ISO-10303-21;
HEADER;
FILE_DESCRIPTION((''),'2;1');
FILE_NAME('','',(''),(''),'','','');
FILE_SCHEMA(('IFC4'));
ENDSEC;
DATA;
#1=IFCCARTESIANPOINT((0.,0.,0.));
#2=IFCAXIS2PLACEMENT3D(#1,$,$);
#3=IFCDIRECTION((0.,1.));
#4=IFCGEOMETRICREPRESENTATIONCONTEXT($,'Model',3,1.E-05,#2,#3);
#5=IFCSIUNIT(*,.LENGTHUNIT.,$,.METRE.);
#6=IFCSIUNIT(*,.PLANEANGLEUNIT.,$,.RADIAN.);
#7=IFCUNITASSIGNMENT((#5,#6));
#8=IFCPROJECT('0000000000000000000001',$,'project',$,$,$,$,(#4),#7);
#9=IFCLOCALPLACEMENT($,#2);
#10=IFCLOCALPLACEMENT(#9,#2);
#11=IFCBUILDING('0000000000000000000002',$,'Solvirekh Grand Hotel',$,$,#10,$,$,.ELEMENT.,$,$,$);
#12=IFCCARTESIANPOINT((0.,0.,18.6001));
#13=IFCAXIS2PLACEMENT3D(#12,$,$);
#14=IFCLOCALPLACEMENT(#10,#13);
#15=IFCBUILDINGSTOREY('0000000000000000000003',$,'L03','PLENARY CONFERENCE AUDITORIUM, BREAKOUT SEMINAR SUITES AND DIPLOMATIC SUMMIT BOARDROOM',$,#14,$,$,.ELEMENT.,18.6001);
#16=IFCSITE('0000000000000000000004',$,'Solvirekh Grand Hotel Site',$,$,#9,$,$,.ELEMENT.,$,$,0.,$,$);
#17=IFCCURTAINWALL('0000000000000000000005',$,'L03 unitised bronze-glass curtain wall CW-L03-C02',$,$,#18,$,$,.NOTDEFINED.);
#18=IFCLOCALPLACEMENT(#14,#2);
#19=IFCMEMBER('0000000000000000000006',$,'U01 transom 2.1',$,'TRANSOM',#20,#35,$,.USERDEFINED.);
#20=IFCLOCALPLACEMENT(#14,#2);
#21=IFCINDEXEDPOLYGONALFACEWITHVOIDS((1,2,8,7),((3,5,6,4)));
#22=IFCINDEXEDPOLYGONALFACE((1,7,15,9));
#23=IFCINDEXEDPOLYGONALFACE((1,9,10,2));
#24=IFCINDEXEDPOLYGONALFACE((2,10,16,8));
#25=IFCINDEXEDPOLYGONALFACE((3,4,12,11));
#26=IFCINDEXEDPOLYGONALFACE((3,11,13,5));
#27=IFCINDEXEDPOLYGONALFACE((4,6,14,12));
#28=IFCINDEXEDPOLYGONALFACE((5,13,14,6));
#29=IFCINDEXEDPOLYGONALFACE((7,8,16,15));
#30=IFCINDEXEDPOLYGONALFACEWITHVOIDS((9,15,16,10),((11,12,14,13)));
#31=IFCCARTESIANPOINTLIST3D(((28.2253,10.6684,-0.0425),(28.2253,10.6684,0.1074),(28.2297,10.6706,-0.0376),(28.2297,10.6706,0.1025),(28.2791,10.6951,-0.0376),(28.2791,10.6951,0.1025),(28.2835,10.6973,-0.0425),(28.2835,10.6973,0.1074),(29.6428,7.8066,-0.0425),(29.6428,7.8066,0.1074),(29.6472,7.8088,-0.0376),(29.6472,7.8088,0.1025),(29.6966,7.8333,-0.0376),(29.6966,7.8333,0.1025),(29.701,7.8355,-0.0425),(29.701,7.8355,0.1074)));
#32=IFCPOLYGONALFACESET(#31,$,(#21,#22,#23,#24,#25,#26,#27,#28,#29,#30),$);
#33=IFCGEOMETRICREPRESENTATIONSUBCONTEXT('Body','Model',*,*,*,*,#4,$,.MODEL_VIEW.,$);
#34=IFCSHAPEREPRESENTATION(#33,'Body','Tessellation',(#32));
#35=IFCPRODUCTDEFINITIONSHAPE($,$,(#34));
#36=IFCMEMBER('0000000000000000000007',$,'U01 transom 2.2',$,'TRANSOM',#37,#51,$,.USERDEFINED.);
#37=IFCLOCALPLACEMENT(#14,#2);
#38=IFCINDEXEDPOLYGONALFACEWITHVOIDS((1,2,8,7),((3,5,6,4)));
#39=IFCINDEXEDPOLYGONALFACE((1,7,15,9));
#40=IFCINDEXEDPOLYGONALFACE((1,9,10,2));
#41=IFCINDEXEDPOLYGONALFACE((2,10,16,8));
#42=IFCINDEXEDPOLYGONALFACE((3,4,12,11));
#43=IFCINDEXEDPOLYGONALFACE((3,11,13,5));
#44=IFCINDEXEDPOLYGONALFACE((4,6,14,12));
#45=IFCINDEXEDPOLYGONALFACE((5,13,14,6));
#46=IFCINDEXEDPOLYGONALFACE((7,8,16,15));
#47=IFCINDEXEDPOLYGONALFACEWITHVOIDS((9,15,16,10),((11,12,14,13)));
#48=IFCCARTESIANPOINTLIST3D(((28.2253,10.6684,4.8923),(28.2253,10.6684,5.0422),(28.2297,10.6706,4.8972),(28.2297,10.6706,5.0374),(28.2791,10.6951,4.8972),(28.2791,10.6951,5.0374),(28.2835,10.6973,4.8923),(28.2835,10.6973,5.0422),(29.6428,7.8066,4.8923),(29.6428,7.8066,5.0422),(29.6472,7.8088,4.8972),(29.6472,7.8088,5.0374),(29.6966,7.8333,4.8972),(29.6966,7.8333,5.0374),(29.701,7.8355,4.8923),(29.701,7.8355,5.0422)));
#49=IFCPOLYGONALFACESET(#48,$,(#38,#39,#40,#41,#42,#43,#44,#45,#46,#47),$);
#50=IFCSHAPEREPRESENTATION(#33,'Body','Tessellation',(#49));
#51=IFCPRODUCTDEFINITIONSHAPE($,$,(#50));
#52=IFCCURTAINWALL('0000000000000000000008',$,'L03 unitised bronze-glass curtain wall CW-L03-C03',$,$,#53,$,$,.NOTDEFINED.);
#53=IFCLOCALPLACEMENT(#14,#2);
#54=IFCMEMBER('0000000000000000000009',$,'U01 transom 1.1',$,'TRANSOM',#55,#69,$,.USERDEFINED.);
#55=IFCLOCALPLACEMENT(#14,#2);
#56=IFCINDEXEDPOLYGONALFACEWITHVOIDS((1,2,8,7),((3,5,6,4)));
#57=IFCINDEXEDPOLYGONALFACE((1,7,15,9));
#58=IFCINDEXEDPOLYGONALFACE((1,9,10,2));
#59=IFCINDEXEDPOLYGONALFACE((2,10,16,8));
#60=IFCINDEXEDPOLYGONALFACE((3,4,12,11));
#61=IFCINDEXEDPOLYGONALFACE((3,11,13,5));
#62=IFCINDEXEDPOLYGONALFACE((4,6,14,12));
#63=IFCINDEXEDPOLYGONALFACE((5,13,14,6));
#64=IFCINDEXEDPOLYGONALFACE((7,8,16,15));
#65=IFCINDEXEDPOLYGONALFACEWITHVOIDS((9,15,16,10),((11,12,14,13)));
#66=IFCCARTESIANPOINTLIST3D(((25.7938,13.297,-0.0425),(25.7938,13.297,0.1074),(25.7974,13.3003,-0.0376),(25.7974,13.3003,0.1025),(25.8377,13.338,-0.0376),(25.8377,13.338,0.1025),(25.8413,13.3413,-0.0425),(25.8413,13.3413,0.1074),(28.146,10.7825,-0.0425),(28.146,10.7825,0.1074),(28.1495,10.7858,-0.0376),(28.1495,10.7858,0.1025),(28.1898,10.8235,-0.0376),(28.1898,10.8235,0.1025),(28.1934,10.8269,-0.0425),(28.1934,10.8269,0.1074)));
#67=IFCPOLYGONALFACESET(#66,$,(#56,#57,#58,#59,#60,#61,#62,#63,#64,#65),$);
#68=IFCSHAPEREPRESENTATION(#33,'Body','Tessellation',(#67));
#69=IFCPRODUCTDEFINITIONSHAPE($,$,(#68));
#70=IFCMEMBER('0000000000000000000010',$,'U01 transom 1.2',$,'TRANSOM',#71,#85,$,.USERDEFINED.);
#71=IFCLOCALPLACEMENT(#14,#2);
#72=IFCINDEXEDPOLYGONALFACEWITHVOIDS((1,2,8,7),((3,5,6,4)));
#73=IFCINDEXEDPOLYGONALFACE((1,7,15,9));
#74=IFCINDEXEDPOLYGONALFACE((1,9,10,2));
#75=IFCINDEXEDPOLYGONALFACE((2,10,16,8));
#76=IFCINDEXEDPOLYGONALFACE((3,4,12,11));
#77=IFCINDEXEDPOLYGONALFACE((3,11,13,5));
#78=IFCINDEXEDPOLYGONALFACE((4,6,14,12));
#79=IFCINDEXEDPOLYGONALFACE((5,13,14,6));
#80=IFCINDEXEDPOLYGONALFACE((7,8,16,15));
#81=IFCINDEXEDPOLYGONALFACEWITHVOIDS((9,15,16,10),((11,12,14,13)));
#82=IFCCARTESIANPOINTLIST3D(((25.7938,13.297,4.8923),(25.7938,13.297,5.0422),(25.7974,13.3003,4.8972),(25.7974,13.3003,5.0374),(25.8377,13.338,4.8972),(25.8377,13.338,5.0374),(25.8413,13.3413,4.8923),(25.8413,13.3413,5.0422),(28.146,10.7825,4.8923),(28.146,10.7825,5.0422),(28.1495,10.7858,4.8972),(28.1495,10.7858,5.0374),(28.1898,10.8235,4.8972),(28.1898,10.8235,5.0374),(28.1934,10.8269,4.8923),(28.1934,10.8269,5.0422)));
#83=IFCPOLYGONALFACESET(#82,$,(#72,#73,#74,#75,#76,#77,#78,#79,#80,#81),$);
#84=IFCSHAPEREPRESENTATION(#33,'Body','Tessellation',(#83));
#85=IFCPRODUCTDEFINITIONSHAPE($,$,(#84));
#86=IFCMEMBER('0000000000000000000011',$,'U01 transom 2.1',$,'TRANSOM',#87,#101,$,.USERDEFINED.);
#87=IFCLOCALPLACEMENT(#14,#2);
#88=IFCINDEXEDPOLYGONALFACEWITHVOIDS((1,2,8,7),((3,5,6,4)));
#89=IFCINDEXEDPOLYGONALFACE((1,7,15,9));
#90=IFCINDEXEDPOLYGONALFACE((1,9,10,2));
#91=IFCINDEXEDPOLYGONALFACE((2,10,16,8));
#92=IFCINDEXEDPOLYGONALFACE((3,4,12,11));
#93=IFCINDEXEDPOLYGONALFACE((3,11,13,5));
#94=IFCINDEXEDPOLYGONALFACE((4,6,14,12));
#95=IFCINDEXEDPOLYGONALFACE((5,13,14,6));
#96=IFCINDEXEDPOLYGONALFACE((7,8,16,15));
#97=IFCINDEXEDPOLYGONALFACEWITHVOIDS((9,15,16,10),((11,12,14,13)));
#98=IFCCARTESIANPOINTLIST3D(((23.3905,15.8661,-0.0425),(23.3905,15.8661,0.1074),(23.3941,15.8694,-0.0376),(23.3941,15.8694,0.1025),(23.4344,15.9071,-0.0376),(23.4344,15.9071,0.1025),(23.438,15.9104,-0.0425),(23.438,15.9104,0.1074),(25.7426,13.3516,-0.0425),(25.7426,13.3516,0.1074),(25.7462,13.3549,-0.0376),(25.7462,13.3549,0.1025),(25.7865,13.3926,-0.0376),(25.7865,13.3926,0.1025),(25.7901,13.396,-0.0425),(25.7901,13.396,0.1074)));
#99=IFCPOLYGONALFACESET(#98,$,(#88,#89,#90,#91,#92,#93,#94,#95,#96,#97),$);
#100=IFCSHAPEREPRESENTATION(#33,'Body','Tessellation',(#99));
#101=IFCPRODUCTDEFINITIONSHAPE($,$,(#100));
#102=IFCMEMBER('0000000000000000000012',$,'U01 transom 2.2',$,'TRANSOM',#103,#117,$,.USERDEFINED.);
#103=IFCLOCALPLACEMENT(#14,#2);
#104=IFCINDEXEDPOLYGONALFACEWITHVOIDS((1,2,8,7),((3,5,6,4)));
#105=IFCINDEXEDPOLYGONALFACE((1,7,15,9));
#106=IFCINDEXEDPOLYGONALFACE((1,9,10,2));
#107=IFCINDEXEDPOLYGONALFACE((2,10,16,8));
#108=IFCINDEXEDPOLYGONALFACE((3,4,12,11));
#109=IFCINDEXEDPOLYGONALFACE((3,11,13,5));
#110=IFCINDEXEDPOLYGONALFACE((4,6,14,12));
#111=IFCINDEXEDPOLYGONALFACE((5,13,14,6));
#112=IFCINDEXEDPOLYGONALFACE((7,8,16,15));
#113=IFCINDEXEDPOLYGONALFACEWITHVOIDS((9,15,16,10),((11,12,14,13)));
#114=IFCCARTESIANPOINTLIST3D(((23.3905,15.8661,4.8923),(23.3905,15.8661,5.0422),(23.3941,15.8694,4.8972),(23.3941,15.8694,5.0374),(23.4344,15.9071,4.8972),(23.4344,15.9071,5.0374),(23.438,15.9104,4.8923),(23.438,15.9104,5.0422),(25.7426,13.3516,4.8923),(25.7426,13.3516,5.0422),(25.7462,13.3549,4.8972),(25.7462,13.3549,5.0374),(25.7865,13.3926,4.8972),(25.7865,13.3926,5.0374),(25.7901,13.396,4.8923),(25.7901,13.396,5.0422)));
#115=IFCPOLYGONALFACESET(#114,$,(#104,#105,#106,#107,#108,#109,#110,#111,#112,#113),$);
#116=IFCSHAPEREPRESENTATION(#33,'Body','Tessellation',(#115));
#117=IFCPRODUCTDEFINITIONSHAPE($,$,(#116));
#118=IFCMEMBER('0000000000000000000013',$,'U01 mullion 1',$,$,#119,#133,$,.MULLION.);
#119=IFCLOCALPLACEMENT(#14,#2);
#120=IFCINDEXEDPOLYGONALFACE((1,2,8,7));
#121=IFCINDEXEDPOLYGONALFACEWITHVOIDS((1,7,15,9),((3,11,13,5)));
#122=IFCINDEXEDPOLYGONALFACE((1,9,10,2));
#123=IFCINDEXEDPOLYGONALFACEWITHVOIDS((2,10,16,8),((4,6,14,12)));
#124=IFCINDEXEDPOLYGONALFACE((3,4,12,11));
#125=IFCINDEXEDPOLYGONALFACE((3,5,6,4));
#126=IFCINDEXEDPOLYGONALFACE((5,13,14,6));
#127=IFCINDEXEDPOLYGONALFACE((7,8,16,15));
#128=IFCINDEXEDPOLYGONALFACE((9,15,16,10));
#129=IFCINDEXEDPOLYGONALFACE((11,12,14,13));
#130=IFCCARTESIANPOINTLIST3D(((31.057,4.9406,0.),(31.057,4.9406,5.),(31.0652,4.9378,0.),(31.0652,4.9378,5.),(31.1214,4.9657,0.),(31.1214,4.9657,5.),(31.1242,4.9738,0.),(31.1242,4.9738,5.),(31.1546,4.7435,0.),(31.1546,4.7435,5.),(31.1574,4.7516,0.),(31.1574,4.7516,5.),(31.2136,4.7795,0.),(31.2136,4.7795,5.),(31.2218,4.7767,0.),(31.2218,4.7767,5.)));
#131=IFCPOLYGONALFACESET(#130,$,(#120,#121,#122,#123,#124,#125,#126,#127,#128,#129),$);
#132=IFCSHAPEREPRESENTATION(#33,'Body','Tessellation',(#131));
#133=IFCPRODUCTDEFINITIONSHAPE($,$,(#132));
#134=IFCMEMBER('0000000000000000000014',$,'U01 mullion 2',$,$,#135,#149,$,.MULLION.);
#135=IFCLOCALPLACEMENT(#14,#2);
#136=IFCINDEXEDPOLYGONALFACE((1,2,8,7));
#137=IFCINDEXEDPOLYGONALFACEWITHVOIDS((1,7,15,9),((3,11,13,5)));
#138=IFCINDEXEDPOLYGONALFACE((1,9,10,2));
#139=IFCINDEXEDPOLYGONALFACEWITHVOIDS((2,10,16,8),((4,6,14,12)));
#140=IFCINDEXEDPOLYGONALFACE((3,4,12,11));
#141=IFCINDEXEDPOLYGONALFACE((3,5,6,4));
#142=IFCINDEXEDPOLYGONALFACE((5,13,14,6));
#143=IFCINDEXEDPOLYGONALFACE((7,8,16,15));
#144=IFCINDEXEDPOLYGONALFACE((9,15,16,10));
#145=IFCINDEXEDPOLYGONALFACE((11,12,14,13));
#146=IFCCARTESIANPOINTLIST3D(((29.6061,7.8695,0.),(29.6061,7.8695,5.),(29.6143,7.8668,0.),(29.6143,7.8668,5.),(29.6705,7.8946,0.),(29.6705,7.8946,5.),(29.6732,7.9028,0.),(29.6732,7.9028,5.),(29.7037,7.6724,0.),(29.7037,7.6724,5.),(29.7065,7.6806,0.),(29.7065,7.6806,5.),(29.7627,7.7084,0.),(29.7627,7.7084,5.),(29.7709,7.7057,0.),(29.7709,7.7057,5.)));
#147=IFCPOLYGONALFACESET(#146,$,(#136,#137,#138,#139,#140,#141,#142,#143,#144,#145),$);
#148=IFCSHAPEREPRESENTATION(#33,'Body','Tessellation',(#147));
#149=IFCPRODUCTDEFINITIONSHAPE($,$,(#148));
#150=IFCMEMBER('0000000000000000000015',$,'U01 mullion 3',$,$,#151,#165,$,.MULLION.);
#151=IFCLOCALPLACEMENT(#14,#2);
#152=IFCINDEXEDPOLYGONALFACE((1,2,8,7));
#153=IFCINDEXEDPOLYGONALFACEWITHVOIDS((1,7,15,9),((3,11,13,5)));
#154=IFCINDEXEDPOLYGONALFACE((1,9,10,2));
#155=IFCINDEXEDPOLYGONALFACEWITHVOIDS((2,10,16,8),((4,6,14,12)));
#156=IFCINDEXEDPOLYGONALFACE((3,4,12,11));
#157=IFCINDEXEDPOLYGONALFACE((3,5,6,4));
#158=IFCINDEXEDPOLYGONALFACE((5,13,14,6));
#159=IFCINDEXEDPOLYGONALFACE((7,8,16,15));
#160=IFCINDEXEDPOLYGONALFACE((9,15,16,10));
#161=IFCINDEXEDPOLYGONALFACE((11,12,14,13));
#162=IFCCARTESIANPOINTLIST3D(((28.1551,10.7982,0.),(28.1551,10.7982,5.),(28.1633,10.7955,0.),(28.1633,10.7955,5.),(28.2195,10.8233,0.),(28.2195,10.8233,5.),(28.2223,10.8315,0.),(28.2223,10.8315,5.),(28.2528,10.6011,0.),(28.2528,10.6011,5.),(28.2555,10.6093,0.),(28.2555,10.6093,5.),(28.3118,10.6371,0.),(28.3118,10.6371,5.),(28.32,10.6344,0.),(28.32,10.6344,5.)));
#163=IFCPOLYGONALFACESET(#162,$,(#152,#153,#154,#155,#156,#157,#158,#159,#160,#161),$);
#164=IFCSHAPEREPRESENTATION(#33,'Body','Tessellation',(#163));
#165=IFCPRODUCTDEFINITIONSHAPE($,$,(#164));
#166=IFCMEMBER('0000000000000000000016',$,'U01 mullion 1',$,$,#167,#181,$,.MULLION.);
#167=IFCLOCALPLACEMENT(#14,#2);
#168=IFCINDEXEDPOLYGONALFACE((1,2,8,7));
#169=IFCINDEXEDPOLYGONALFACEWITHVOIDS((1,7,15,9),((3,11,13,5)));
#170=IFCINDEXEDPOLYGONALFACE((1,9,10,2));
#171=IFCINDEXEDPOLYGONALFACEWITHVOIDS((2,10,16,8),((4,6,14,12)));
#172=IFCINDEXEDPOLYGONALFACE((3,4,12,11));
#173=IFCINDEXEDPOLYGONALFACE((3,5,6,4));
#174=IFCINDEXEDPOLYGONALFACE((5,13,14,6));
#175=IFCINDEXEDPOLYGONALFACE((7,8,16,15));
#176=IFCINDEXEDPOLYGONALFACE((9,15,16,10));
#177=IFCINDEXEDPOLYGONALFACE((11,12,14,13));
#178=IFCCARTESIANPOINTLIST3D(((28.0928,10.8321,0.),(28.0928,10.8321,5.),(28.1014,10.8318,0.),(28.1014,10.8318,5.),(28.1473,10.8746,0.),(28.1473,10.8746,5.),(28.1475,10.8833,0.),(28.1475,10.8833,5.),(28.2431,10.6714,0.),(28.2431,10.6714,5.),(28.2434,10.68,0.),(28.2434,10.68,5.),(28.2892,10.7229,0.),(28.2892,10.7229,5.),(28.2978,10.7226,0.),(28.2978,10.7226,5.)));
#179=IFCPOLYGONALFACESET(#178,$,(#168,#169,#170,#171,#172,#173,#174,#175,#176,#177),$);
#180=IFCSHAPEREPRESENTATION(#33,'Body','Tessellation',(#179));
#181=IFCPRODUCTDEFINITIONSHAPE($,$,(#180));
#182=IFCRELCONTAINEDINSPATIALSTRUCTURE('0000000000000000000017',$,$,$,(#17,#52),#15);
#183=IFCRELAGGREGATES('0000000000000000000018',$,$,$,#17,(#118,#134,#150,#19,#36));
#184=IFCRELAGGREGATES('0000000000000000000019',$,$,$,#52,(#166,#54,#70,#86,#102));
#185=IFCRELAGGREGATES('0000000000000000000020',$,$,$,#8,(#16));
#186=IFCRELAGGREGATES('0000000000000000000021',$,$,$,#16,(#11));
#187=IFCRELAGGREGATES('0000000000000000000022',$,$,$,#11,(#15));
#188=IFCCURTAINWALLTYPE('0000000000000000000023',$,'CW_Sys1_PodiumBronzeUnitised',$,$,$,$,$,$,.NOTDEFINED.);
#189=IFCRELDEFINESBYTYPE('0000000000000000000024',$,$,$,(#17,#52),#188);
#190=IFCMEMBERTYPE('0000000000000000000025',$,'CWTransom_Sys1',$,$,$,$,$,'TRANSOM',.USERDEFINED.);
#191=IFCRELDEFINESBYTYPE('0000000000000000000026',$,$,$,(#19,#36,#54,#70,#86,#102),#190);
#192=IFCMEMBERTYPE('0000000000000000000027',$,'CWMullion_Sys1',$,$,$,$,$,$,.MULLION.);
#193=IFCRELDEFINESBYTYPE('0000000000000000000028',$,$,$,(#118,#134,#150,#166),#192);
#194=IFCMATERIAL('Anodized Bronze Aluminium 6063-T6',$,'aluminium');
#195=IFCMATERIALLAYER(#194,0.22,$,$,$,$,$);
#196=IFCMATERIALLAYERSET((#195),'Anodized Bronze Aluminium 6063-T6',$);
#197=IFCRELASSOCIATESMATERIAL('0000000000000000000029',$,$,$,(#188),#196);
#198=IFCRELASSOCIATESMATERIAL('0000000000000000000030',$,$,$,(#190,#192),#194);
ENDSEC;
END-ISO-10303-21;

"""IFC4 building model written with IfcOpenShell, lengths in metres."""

from ifc_helpers import new_model, si_unit, direction, frame, origin, origin_2d, place, context, subcontext, project, spatial, hollow_rectangle, extrude, source, transform, mapped, material, layer, layer_set, material_profile, profile_set, type_object, element, aggregate, save


model = new_model("IFC4")

# Units and contexts
model_context = context("Model", 3, precision=1e-05, world=origin(), true_north=direction((0.0, 1.0)))
body_context = subcontext(model_context, "Body", "Model", "MODEL_VIEW")
ifc_project = project(units=[si_unit("LENGTHUNIT", "METRE"), si_unit("PLANEANGLEUNIT", "RADIAN")], contexts=[model_context])

# Site, building, storey
site_placement = place(None, origin())
site = spatial("IfcSite", under=ifc_project, at=site_placement, Name="Solvirekh Grand Hotel Site", CompositionType="ELEMENT", RefElevation=0.0)
building_placement = place(site_placement, origin())
building = spatial("IfcBuilding", under=site, at=building_placement, Name="Solvirekh Grand Hotel", CompositionType="ELEMENT")
storey_placement = place(building_placement, frame((0.0, 0.0, 18.6001)))
storey = spatial("IfcBuildingStorey", under=building, at=storey_placement, Name="L03", Description="PLENARY CONFERENCE AUDITORIUM, BREAKOUT SEMINAR SUITES AND DIPLOMATIC SUMMIT BOARDROOM", CompositionType="ELEMENT", Elevation=18.6001)

# Curtain walls, members
ifc_material_1 = material(Name="Anodized Bronze Aluminium 6063-T6", Category="aluminium")
ifc_layer_1 = layer(ifc_material_1, 0.22)
ifc_layer_set_1 = layer_set([ifc_layer_1], Name="Anodized Bronze Aluminium 6063-T6")
curtain_wall_type = type_object("IfcCurtainWallType", Name="CW_Sys1_PodiumBronzeUnitised", PredefinedType="NOTDEFINED", material=ifc_layer_set_1)
curtain_wall_1_placement = place(storey_placement, origin())
curtain_wall_1 = element("IfcCurtainWall", 1, at=curtain_wall_1_placement, inside=storey, type_object=curtain_wall_type, Name="L03 unitised bronze-glass curtain wall CW-L03-C02", PredefinedType="NOTDEFINED")
ifc_material_profile_1 = material_profile(ifc_material_1, hollow_rectangle(XDim=0.0649, YDim=0.1499, WallThickness=0.0049, at=origin_2d()), Name="ALU RHS 150X65X5")
ifc_profile_set_1 = profile_set([ifc_material_profile_1], Name="Anodized Bronze Aluminium 6063-T6")
member_type_1 = type_object("IfcMemberType", Name="CWTransom_Sys1", ElementType="TRANSOM", PredefinedType="USERDEFINED", material=ifc_profile_set_1)
shared_shape_1 = source(origin(), body_context, "Body", "SweptSolid", [
    extrude(hollow_rectangle(XDim=0.0649, YDim=0.1499, WallThickness=0.0049, at=origin_2d()), origin(), (0.0, 0.0, 1.0), 3.1936),
])
member_1_placement = place(storey_placement, frame((29.6719, 7.821, 0.0325), z_axis=(-0.443847, 0.896103, 0.0), x_axis=(-0.896103, -0.443847, 0.0)))
member_1 = element("IfcMember", 2, at=member_1_placement, type_object=member_type_1, Name="U01 transom 2.1", ObjectType="TRANSOM", PredefinedType="USERDEFINED", context=body_context, shape_type="MappedRepresentation", body=[
    mapped(shared_shape_1, transform((0.0, 0.0, 0.0), x_axis=(1.0, 0.0, 0.0), y_axis=(0.0, 1.0, 0.0), z_axis=(0.0, 0.0, 1.0), scale=1.0)),
])
member_2_placement = place(storey_placement, frame((29.6719, 7.821, 4.9673), z_axis=(-0.443847, 0.896103, 0.0), x_axis=(-0.896103, -0.443847, 0.0)))
member_2 = element("IfcMember", 3, at=member_2_placement, type_object=member_type_1, Name="U01 transom 2.2", ObjectType="TRANSOM", PredefinedType="USERDEFINED", context=body_context, shape_type="MappedRepresentation", body=[
    mapped(shared_shape_1, transform((0.0, 0.0, 0.0), x_axis=(1.0, 0.0, 0.0), y_axis=(0.0, 1.0, 0.0), z_axis=(0.0, 0.0, 1.0), scale=1.0)),
])
curtain_wall_2_placement = place(storey_placement, origin())
curtain_wall_2 = element("IfcCurtainWall", 4, at=curtain_wall_2_placement, inside=storey, type_object=curtain_wall_type, Name="L03 unitised bronze-glass curtain wall CW-L03-C03", PredefinedType="NOTDEFINED")
shared_shape_2 = source(origin(), body_context, "Body", "SweptSolid", [
    extrude(hollow_rectangle(XDim=0.0649, YDim=0.1499, WallThickness=0.0049, at=origin_2d()), origin(), (0.0, 0.0, 1.0), 3.4431),
])
member_3_placement = place(storey_placement, frame((28.1697, 10.8047, 0.0325), z_axis=(-0.683136, 0.730291, 0.0), x_axis=(-0.730291, -0.683136, 0.0)))
member_3 = element("IfcMember", 5, at=member_3_placement, type_object=member_type_1, Name="U01 transom 1.1", ObjectType="TRANSOM", PredefinedType="USERDEFINED", context=body_context, shape_type="MappedRepresentation", body=[
    mapped(shared_shape_2, transform((0.0, 0.0, 0.0), x_axis=(1.0, 0.0, 0.0), y_axis=(0.0, 1.0, 0.0), z_axis=(0.0, 0.0, 1.0), scale=1.0)),
])
member_4_placement = place(storey_placement, frame((28.1697, 10.8047, 4.9673), z_axis=(-0.683136, 0.730291, 0.0), x_axis=(-0.730291, -0.683136, 0.0)))
member_4 = element("IfcMember", 6, at=member_4_placement, type_object=member_type_1, Name="U01 transom 1.2", ObjectType="TRANSOM", PredefinedType="USERDEFINED", context=body_context, shape_type="MappedRepresentation", body=[
    mapped(shared_shape_2, transform((0.0, 0.0, 0.0), x_axis=(1.0, 0.0, 0.0), y_axis=(0.0, 1.0, 0.0), z_axis=(0.0, 0.0, 1.0), scale=1.0)),
])
member_5_placement = place(storey_placement, frame((25.7664, 13.3738, 0.0325), z_axis=(-0.683136, 0.730291, 0.0), x_axis=(-0.730291, -0.683136, 0.0)))
member_5 = element("IfcMember", 7, at=member_5_placement, type_object=member_type_1, Name="U01 transom 2.1", ObjectType="TRANSOM", PredefinedType="USERDEFINED", context=body_context, shape_type="MappedRepresentation", body=[
    mapped(shared_shape_2, transform((0.0, 0.0, 0.0), x_axis=(1.0, 0.0, 0.0), y_axis=(0.0, 1.0, 0.0), z_axis=(0.0, 0.0, 1.0), scale=1.0)),
])
member_6_placement = place(storey_placement, frame((25.7664, 13.3738, 4.9673), z_axis=(-0.683136, 0.730291, 0.0), x_axis=(-0.730291, -0.683136, 0.0)))
member_6 = element("IfcMember", 8, at=member_6_placement, type_object=member_type_1, Name="U01 transom 2.2", ObjectType="TRANSOM", PredefinedType="USERDEFINED", context=body_context, shape_type="MappedRepresentation", body=[
    mapped(shared_shape_2, transform((0.0, 0.0, 0.0), x_axis=(1.0, 0.0, 0.0), y_axis=(0.0, 1.0, 0.0), z_axis=(0.0, 0.0, 1.0), scale=1.0)),
])

# Members
ifc_material_profile_2 = material_profile(ifc_material_1, hollow_rectangle(XDim=0.075, YDim=0.22, WallThickness=0.0061, at=origin_2d()), Name="ALU RHS 220X75X6")
ifc_profile_set_2 = profile_set([ifc_material_profile_2], Name="Anodized Bronze Aluminium 6063-T6")
member_type_2 = type_object("IfcMemberType", Name="CWMullion_Sys1", PredefinedType="MULLION", material=ifc_profile_set_2)
shared_shape_3 = source(origin(), body_context, "Body", "SweptSolid", [
    extrude(hollow_rectangle(XDim=0.075, YDim=0.22, WallThickness=0.0061, at=origin_2d()), origin(), (0.0, 0.0, 1.0), 5.0),
])
member_7_placement = place(storey_placement, frame((31.1394, 4.8586, 0.0), z_axis=(0.0, 0.0, 1.0), x_axis=(-0.896085, -0.443883, 0.0)))
member_7 = element("IfcMember", 9, at=member_7_placement, type_object=member_type_2, Name="U01 mullion 1", PredefinedType="MULLION", context=body_context, shape_type="MappedRepresentation", body=[
    mapped(shared_shape_3, transform((0.0, 0.0, 0.0), x_axis=(1.0, 0.0, 0.0), y_axis=(0.0, 1.0, 0.0), z_axis=(0.0, 0.0, 1.0), scale=1.0)),
])
member_8_placement = place(storey_placement, frame((29.6885, 7.7876, 0.0), z_axis=(0.0, 0.0, 1.0), x_axis=(-0.896085, -0.443883, 0.0)))
member_8 = element("IfcMember", 10, at=member_8_placement, type_object=member_type_2, Name="U01 mullion 2", PredefinedType="MULLION", context=body_context, shape_type="MappedRepresentation", body=[
    mapped(shared_shape_3, transform((0.0, 0.0, 0.0), x_axis=(1.0, 0.0, 0.0), y_axis=(0.0, 1.0, 0.0), z_axis=(0.0, 0.0, 1.0), scale=1.0)),
])
member_9_placement = place(storey_placement, frame((28.2375, 10.7163, 0.0), z_axis=(0.0, 0.0, 1.0), x_axis=(-0.896085, -0.443883, 0.0)))
member_9 = element("IfcMember", 11, at=member_9_placement, type_object=member_type_2, Name="U01 mullion 3", PredefinedType="MULLION", context=body_context, shape_type="MappedRepresentation", body=[
    mapped(shared_shape_3, transform((0.0, 0.0, 0.0), x_axis=(1.0, 0.0, 0.0), y_axis=(0.0, 1.0, 0.0), z_axis=(0.0, 0.0, 1.0), scale=1.0)),
])
member_10_placement = place(storey_placement, frame((28.1953, 10.7773, 0.0), z_axis=(0.0, 0.0, 1.0), x_axis=(-0.730269, -0.68316, 0.0)))
member_10 = element("IfcMember", 12, at=member_10_placement, type_object=member_type_2, Name="U01 mullion 1", PredefinedType="MULLION", context=body_context, shape_type="MappedRepresentation", body=[
    mapped(shared_shape_3, transform((0.0, 0.0, 0.0), x_axis=(1.0, 0.0, 0.0), y_axis=(0.0, 1.0, 0.0), z_axis=(0.0, 0.0, 1.0), scale=1.0)),
])

aggregate(curtain_wall_1, [member_7, member_8, member_9, member_1, member_2])
aggregate(curtain_wall_2, [member_10, member_3, member_4, member_5, member_6])

save(model, "model.ifc")
